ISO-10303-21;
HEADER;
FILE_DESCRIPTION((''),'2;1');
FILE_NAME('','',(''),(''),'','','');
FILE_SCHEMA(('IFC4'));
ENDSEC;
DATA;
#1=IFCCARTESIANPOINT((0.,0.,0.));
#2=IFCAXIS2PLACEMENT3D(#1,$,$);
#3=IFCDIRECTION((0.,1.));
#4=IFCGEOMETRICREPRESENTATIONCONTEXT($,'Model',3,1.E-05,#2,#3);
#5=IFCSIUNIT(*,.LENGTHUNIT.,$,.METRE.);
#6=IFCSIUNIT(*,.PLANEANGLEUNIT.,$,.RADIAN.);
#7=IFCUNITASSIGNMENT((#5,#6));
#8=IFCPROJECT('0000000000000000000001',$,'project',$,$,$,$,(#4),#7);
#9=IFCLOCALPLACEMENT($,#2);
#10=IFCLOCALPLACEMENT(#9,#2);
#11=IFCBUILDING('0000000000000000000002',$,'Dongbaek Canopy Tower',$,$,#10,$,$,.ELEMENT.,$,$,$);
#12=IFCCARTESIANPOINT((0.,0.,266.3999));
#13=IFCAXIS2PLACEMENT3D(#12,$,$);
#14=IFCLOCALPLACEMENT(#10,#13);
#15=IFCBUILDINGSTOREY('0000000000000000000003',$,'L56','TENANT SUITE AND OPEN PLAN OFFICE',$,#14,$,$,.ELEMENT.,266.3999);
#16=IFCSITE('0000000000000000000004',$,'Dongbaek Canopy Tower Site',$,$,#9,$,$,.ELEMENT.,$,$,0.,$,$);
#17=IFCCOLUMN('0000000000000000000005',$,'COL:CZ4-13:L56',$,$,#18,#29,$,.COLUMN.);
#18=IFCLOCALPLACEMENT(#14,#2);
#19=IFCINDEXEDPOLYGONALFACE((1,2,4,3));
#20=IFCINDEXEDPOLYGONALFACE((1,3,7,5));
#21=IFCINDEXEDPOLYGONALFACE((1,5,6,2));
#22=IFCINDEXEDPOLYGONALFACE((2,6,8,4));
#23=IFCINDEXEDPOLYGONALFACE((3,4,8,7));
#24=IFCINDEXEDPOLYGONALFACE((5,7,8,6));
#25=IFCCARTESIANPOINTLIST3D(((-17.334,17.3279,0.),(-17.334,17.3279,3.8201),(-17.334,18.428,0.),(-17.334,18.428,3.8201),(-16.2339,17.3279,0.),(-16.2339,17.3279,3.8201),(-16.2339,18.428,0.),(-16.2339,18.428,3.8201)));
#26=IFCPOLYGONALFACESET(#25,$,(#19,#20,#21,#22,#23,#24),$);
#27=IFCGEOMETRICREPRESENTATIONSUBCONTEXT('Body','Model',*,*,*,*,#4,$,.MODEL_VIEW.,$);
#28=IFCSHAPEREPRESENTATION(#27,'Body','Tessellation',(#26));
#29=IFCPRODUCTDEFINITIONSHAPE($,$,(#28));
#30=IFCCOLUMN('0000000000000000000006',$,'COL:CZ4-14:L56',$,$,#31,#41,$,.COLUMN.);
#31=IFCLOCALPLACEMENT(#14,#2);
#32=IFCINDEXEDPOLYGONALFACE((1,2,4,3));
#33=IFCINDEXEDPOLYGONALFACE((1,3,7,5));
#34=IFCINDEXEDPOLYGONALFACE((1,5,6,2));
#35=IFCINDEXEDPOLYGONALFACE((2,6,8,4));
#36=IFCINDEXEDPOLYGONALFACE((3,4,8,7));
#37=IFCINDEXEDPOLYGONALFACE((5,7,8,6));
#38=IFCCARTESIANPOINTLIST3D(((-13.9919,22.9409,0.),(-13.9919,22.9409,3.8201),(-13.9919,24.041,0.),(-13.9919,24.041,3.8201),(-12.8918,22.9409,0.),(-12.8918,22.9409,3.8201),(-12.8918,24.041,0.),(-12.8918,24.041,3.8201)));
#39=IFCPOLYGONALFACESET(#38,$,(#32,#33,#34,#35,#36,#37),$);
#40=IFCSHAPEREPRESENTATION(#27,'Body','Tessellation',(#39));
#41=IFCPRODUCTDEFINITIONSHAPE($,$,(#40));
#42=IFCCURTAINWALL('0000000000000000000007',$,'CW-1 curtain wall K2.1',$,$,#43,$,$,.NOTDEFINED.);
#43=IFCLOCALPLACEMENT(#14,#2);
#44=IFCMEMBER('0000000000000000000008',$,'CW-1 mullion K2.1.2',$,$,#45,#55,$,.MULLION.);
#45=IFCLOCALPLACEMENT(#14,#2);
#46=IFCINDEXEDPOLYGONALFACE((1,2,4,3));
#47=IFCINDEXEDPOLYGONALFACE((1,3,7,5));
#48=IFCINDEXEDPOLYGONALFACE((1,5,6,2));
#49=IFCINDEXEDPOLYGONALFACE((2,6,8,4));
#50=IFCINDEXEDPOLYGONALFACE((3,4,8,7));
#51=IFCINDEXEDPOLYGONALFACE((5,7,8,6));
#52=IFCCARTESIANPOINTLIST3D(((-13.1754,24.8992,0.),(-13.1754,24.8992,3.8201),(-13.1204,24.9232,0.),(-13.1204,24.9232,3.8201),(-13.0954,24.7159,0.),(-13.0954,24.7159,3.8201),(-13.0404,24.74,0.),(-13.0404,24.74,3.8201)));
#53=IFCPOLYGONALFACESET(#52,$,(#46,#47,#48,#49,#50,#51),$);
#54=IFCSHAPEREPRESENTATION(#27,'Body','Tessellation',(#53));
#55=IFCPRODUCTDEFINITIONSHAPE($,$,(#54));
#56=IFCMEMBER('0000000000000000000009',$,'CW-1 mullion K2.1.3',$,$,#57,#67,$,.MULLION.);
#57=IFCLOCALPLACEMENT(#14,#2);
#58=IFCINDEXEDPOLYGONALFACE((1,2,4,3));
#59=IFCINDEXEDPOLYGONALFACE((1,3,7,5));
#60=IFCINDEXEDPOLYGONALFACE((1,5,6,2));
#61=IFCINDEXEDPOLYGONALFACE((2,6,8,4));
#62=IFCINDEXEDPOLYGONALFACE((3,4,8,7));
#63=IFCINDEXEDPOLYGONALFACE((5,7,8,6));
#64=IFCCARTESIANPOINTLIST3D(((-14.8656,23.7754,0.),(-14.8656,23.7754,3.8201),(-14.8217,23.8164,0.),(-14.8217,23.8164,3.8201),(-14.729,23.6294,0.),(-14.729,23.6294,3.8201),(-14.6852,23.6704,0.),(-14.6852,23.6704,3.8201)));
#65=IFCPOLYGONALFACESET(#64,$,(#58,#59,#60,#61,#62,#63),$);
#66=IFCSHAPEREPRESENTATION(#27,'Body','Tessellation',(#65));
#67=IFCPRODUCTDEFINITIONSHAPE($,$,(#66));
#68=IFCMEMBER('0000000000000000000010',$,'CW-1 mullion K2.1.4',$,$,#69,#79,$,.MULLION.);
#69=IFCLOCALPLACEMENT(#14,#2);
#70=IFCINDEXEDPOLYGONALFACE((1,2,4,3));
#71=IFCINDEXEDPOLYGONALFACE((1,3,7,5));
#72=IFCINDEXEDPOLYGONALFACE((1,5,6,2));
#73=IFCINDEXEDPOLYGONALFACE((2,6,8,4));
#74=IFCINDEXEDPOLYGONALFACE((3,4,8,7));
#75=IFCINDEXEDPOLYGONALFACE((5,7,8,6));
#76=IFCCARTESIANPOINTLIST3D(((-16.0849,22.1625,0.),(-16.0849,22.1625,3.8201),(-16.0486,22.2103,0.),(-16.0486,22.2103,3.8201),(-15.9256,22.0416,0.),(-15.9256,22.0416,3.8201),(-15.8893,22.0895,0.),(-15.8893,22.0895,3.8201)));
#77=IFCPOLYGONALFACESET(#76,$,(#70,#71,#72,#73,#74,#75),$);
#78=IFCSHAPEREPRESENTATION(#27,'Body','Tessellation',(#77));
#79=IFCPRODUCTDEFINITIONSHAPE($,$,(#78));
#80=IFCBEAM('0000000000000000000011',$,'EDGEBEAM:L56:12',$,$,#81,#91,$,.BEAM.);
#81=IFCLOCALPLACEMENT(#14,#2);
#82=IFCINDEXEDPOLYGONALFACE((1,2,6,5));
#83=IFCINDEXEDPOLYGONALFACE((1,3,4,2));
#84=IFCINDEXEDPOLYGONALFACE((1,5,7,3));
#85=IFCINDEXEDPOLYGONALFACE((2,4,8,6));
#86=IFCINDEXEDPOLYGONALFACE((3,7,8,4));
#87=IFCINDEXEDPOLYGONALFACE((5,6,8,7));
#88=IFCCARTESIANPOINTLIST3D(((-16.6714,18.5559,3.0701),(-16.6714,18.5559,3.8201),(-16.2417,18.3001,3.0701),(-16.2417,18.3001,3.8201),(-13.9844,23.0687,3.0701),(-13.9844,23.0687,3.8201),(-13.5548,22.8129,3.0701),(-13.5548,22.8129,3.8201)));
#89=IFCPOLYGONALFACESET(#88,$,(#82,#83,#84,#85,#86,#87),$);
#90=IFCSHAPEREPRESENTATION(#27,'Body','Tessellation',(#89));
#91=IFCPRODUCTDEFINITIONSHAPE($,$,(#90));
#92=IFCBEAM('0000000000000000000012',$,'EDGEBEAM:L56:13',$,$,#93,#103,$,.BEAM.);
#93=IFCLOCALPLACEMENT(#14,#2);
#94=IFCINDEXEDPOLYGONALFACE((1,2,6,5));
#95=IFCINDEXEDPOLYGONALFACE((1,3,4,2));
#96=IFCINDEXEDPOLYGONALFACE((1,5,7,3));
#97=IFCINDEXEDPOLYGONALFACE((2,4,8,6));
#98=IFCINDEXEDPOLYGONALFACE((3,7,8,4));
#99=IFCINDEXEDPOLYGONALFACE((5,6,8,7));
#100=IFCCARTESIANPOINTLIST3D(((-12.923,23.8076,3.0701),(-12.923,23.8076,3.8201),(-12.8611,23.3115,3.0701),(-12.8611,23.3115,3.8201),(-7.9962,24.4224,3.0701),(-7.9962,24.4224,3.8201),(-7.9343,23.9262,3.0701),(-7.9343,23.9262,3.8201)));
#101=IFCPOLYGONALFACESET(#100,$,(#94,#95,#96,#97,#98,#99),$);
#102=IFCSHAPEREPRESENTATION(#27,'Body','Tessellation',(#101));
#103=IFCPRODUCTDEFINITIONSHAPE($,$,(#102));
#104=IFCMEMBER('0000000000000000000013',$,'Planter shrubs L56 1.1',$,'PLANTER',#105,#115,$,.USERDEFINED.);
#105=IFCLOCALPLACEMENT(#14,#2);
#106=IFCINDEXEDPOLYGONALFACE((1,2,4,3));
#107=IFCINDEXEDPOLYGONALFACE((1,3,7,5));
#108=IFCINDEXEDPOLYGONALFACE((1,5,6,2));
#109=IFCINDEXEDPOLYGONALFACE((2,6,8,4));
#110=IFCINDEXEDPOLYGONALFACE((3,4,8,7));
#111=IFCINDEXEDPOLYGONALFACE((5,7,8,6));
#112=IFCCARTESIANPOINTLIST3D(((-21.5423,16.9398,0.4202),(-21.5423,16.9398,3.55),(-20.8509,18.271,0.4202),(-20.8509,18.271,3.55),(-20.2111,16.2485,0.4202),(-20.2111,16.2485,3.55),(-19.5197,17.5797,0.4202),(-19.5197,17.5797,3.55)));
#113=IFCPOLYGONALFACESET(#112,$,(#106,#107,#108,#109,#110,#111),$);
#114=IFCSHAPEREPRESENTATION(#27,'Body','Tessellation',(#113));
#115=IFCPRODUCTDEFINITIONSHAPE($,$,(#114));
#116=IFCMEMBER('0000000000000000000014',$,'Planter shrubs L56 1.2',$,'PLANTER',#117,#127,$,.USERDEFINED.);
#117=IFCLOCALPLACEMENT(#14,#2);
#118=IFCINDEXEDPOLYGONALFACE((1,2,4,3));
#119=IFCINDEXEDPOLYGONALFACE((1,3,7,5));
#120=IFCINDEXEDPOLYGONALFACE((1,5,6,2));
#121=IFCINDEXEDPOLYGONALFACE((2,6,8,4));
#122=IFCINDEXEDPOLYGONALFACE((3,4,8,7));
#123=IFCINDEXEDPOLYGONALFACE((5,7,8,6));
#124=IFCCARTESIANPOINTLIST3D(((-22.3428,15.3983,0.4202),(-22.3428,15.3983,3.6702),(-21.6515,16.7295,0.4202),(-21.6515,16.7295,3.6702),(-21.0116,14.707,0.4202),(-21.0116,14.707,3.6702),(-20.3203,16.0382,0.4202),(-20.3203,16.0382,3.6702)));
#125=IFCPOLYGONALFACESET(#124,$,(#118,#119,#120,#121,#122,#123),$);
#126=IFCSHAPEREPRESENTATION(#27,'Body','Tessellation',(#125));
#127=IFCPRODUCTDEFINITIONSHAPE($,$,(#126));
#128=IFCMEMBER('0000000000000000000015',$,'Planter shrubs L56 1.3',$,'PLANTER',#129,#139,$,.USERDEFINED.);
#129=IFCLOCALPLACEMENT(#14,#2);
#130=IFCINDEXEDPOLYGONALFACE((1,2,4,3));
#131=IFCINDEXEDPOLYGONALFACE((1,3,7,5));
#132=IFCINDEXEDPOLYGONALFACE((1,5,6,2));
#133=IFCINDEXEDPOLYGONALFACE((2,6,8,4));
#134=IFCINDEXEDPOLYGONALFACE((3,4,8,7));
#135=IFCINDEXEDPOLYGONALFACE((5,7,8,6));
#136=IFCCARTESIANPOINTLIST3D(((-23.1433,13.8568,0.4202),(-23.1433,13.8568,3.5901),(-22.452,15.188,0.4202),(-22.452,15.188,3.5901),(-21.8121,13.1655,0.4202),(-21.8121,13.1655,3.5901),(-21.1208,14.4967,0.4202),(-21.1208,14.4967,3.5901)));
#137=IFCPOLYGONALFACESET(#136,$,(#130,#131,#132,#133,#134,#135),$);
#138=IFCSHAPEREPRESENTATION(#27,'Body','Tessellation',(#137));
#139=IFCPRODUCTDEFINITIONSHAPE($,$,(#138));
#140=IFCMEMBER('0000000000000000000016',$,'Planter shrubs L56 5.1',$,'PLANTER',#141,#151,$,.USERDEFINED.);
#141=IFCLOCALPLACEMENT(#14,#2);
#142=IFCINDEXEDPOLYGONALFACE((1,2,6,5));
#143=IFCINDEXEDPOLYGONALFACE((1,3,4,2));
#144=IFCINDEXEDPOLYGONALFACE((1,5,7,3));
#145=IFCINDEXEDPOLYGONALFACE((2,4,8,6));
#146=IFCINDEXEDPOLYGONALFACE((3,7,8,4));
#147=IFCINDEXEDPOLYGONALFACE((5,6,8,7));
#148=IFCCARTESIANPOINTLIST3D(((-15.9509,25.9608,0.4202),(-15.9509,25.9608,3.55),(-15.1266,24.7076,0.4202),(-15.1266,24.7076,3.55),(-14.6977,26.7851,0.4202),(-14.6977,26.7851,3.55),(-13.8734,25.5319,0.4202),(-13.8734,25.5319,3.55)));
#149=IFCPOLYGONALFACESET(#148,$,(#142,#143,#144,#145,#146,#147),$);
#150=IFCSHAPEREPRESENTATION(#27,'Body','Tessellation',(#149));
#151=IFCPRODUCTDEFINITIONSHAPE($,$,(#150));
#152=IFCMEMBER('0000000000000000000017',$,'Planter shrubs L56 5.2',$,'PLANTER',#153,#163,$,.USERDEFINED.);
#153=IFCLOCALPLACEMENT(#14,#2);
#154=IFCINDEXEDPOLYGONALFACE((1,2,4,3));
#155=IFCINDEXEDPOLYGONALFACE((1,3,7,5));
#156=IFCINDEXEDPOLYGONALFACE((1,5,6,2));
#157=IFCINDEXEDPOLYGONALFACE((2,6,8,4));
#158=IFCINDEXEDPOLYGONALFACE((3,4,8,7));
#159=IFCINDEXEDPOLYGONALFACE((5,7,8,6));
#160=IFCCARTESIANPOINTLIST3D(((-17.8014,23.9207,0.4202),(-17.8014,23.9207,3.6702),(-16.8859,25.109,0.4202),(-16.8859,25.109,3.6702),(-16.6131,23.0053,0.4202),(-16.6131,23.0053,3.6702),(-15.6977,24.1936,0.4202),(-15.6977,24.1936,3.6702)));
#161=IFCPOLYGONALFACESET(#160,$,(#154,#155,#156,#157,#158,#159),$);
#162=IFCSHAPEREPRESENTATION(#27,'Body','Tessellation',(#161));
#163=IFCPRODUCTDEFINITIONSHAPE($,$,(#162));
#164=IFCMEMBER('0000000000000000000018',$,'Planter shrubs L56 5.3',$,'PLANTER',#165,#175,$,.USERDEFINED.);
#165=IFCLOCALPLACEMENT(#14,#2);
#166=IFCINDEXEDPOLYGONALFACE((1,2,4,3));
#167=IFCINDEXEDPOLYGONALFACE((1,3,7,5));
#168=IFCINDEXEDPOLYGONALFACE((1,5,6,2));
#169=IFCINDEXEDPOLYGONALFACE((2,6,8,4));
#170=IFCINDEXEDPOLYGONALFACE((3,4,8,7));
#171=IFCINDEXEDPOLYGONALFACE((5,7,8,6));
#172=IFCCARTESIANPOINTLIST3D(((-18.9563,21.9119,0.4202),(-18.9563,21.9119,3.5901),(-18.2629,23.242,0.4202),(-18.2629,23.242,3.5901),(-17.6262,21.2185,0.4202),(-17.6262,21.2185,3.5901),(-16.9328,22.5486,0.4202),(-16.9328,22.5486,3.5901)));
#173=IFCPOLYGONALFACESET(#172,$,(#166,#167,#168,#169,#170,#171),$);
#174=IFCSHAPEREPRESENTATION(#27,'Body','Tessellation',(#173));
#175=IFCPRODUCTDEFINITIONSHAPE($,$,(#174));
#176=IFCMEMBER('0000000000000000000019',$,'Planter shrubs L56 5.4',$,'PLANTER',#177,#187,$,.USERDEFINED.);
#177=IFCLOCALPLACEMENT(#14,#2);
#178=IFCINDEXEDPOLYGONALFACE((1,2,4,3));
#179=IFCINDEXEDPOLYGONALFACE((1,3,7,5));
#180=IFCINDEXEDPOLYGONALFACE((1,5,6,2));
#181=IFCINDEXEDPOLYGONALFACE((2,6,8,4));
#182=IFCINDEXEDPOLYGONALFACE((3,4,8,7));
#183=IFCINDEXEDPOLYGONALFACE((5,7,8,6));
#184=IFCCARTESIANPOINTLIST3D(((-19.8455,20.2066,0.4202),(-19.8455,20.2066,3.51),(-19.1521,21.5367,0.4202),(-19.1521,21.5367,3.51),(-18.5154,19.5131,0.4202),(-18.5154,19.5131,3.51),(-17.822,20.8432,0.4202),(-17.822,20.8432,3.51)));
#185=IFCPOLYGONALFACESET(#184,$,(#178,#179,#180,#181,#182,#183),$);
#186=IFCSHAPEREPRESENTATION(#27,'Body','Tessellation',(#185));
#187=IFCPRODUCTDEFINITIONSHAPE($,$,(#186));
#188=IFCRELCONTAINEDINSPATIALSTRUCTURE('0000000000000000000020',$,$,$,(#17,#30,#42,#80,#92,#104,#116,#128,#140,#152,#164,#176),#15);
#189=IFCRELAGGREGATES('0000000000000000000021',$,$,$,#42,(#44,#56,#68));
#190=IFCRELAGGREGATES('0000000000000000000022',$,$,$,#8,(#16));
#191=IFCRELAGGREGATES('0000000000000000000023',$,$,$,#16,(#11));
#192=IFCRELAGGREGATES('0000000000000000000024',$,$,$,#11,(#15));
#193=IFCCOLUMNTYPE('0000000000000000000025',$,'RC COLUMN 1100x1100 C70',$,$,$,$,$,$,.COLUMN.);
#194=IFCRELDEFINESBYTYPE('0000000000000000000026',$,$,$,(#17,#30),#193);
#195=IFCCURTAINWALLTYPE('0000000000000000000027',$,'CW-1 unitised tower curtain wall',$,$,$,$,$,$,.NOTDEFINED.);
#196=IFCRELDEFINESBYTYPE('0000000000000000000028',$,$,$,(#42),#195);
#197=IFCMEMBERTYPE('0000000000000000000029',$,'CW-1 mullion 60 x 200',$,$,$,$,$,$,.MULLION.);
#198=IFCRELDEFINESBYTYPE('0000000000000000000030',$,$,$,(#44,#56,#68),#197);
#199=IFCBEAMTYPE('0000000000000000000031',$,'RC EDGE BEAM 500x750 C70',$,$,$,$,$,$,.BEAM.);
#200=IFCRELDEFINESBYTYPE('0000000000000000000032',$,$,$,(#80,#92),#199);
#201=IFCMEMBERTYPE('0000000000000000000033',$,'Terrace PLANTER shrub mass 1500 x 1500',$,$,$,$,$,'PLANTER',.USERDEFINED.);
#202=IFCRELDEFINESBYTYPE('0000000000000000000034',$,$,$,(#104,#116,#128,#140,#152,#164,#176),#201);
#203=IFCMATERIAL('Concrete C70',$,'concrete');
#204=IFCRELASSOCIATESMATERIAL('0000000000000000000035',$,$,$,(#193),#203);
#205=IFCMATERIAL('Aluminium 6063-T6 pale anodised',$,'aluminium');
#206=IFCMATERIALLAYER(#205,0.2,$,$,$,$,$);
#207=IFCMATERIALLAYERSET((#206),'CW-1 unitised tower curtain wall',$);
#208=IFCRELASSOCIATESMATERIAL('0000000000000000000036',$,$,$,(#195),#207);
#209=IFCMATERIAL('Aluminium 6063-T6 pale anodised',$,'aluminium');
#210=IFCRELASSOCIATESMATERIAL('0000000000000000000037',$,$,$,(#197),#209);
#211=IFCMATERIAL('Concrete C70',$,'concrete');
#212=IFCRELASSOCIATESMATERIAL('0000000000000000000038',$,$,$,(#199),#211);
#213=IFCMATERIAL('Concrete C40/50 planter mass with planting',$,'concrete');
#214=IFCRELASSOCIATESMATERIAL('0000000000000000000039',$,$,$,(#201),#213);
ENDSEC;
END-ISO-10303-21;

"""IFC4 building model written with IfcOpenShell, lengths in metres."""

from ifc_helpers import new_model, si_unit, direction, frame, origin, origin_2d, place, context, subcontext, project, spatial, rectangle, extrude, material, layer, layer_set, material_profile, profile_set, type_object, element, aggregate, save


model = new_model("IFC4")

# Units and contexts
model_context = context("Model", 3, precision=1e-05, world=origin(), true_north=direction((0.0, 1.0)))
body_context = subcontext(model_context, "Body", "Model", "MODEL_VIEW")
ifc_project = project(units=[si_unit("LENGTHUNIT", "METRE"), si_unit("PLANEANGLEUNIT", "RADIAN")], contexts=[model_context])

# Site, building, storey
site_placement = place(None, origin())
site = spatial("IfcSite", under=ifc_project, at=site_placement, Name="Dongbaek Canopy Tower Site", CompositionType="ELEMENT", RefElevation=0.0)
building_placement = place(site_placement, origin())
building = spatial("IfcBuilding", under=site, at=building_placement, Name="Dongbaek Canopy Tower", CompositionType="ELEMENT")
storey_placement = place(building_placement, frame((0.0, 0.0, 266.3999)))
storey = spatial("IfcBuildingStorey", under=building, at=storey_placement, Name="L56", Description="TENANT SUITE AND OPEN PLAN OFFICE", CompositionType="ELEMENT", Elevation=266.3999)

# Columns
ifc_material_1 = material(Name="Concrete C70", Category="concrete")
ifc_material_profile_1 = material_profile(ifc_material_1, rectangle(XDim=1.1001, YDim=1.1001, at=origin_2d()), Name="RC COLUMN 1100x1100 C70")
ifc_profile_set_1 = profile_set([ifc_material_profile_1], Name="Concrete C70")
column_type = type_object("IfcColumnType", Name="RC COLUMN 1100x1100 C70", PredefinedType="COLUMN", material=ifc_profile_set_1)
for number, where, z_axis, x_axis, name in (
    (1, (-16.7839, 17.8779, 0.0), (0.0, 0.0, 1.0), (1.0, 0.0, 0.0), "COL:CZ4-13:L56"),
    (2, (-13.4419, 23.491, 0.0), (0.0, 0.0, 1.0), (1.0, 0.0, 0.0), "COL:CZ4-14:L56"),
):
    element("IfcColumn", number, at=place(storey_placement, frame(where, z_axis=z_axis, x_axis=x_axis)), inside=storey, type_object=column_type, Name=name, PredefinedType="COLUMN", context=body_context, shape_type="SweptSolid", body=[
        extrude(rectangle(XDim=1.1001, YDim=1.1001, at=origin_2d()), origin(), (0.0, 0.0, 1.0), 3.8201),
    ])

# Curtain wall, members
ifc_material_2 = material(Name="Aluminium 6063-T6 pale anodised", Category="aluminium")
ifc_layer_1 = layer(ifc_material_2, 0.2)
ifc_layer_set_1 = layer_set([ifc_layer_1], Name="CW-1 unitised tower curtain wall")
curtain_wall_type = type_object("IfcCurtainWallType", Name="CW-1 unitised tower curtain wall", PredefinedType="NOTDEFINED", material=ifc_layer_set_1)
curtain_wall_placement = place(storey_placement, origin())
curtain_wall = element("IfcCurtainWall", 3, at=curtain_wall_placement, inside=storey, type_object=curtain_wall_type, Name="CW-1 curtain wall K2.1", PredefinedType="NOTDEFINED")
ifc_material_3 = material(Name="Aluminium 6063-T6 pale anodised", Category="aluminium")
ifc_material_profile_2 = material_profile(ifc_material_3, rectangle(XDim=0.2, YDim=0.0601, at=origin_2d()), Name="CW-1 mullion 60 x 200")
ifc_profile_set_2 = profile_set([ifc_material_profile_2], Name="Aluminium 6063-T6 pale anodised")
member_type_1 = type_object("IfcMemberType", Name="CW-1 mullion 60 x 200", PredefinedType="MULLION", material=ifc_profile_set_2)
member_1_placement = place(storey_placement, frame((-13.1079, 24.8196, 0.0), z_axis=(0.0, 0.0, 1.0), x_axis=(-0.400266, 0.916399, 0.0)))
member_1 = element("IfcMember", 4, at=member_1_placement, type_object=member_type_1, Name="CW-1 mullion K2.1.2", PredefinedType="MULLION", context=body_context, shape_type="SweptSolid", body=[
    extrude(rectangle(XDim=0.2, YDim=0.0601, at=origin_2d()), origin(), (0.0, 0.0, 1.0), 3.8201),
])
member_2_placement = place(storey_placement, frame((-14.7754, 23.7229, 0.0), z_axis=(0.0, 0.0, 1.0), x_axis=(-0.682961, 0.730455, 0.0)))
member_2 = element("IfcMember", 5, at=member_2_placement, type_object=member_type_1, Name="CW-1 mullion K2.1.3", PredefinedType="MULLION", context=body_context, shape_type="SweptSolid", body=[
    extrude(rectangle(XDim=0.2, YDim=0.0601, at=origin_2d()), origin(), (0.0, 0.0, 1.0), 3.8201),
])
member_3_placement = place(storey_placement, frame((-15.9871, 22.126, 0.0), z_axis=(0.0, 0.0, 1.0), x_axis=(-0.796696, 0.60438, 0.0)))
member_3 = element("IfcMember", 6, at=member_3_placement, type_object=member_type_1, Name="CW-1 mullion K2.1.4", PredefinedType="MULLION", context=body_context, shape_type="SweptSolid", body=[
    extrude(rectangle(XDim=0.2, YDim=0.0601, at=origin_2d()), origin(), (0.0, 0.0, 1.0), 3.8201),
])

# Beams
ifc_material_4 = material(Name="Concrete C70", Category="concrete")
ifc_material_profile_3 = material_profile(ifc_material_4, rectangle(XDim=0.5, YDim=0.75, at=origin_2d()), Name="RC EDGE BEAM 500x750 C70")
ifc_profile_set_3 = profile_set([ifc_material_profile_3], Name="Concrete C70")
beam_type = type_object("IfcBeamType", Name="RC EDGE BEAM 500x750 C70", PredefinedType="BEAM", material=ifc_profile_set_3)
beam_1_placement = place(storey_placement, frame((-16.4565, 18.428, 3.4451), z_axis=(0.511588, 0.859231, 0.0), x_axis=(-0.859231, 0.511588, 0.0)))
element("IfcBeam", 7, at=beam_1_placement, inside=storey, type_object=beam_type, Name="EDGEBEAM:L56:12", PredefinedType="BEAM", context=body_context, shape_type="SweptSolid", body=[
    extrude(rectangle(XDim=0.5, YDim=0.75, at=origin_2d()), origin(), (0.0, 0.0, 1.0), 5.2522),
])
beam_2_placement = place(storey_placement, frame((-12.8921, 23.5596, 3.4451), z_axis=(0.992306, 0.123811, 0.0), x_axis=(-0.123811, 0.992306, 0.0)))
element("IfcBeam", 8, at=beam_2_placement, inside=storey, type_object=beam_type, Name="EDGEBEAM:L56:13", PredefinedType="BEAM", context=body_context, shape_type="SweptSolid", body=[
    extrude(rectangle(XDim=0.5, YDim=0.75, at=origin_2d()), origin(), (0.0, 0.0, 1.0), 4.9651),
])

# Members
ifc_material_5 = material(Name="Concrete C40/50 planter mass with planting", Category="concrete")
ifc_material_profile_4 = material_profile(ifc_material_5, rectangle(XDim=1.5, YDim=1.5, at=origin_2d()), Name="Terrace PLANTER shrub mass 1500 x 1500")
ifc_profile_set_4 = profile_set([ifc_material_profile_4], Name="Concrete C40/50 planter mass with planting")
member_type_2 = type_object("IfcMemberType", Name="Terrace PLANTER shrub mass 1500 x 1500", ElementType="PLANTER", PredefinedType="USERDEFINED", material=ifc_profile_set_4)
member_4_placement = place(storey_placement, frame((-20.531, 17.2598, 0.4202), z_axis=(0.0, 0.0, 1.0), x_axis=(-0.887462, 0.46088, 0.0)))
element("IfcMember", 9, at=member_4_placement, inside=storey, type_object=member_type_2, Name="Planter shrubs L56 1.1", ObjectType="PLANTER", PredefinedType="USERDEFINED", context=body_context, shape_type="SweptSolid", body=[
    extrude(rectangle(XDim=1.5, YDim=1.5, at=origin_2d()), origin(), (0.0, 0.0, 1.0), 3.1299),
])
member_5_placement = place(storey_placement, frame((-21.3315, 15.7183, 0.4202), z_axis=(0.0, 0.0, 1.0), x_axis=(-0.887462, 0.46088, 0.0)))
element("IfcMember", 10, at=member_5_placement, inside=storey, type_object=member_type_2, Name="Planter shrubs L56 1.2", ObjectType="PLANTER", PredefinedType="USERDEFINED", context=body_context, shape_type="SweptSolid", body=[
    extrude(rectangle(XDim=1.5, YDim=1.5, at=origin_2d()), origin(), (0.0, 0.0, 1.0), 3.25),
])
member_6_placement = place(storey_placement, frame((-22.1321, 14.1768, 0.4202), z_axis=(0.0, 0.0, 1.0), x_axis=(-0.887462, 0.46088, 0.0)))
element("IfcMember", 11, at=member_6_placement, inside=storey, type_object=member_type_2, Name="Planter shrubs L56 1.3", ObjectType="PLANTER", PredefinedType="USERDEFINED", context=body_context, shape_type="SweptSolid", body=[
    extrude(rectangle(XDim=1.5, YDim=1.5, at=origin_2d()), origin(), (0.0, 0.0, 1.0), 3.1699),
])
member_7_placement = place(storey_placement, frame((-14.9121, 25.7463, 0.4202), z_axis=(0.0, 0.0, 1.0), x_axis=(-0.549535, 0.835471, 0.0)))
element("IfcMember", 12, at=member_7_placement, inside=storey, type_object=member_type_2, Name="Planter shrubs L56 5.1", ObjectType="PLANTER", PredefinedType="USERDEFINED", context=body_context, shape_type="SweptSolid", body=[
    extrude(rectangle(XDim=1.5, YDim=1.5, at=origin_2d()), origin(), (0.0, 0.0, 1.0), 3.1299),
])
member_8_placement = place(storey_placement, frame((-16.7495, 24.0571, 0.4202), z_axis=(0.0, 0.0, 1.0), x_axis=(-0.792187, 0.610278, 0.0)))
element("IfcMember", 13, at=member_8_placement, inside=storey, type_object=member_type_2, Name="Planter shrubs L56 5.2", ObjectType="PLANTER", PredefinedType="USERDEFINED", context=body_context, shape_type="SweptSolid", body=[
    extrude(rectangle(XDim=1.5, YDim=1.5, at=origin_2d()), origin(), (0.0, 0.0, 1.0), 3.25),
])
member_9_placement = place(storey_placement, frame((-17.9446, 22.2302, 0.4202), z_axis=(0.0, 0.0, 1.0), x_axis=(-0.88673, 0.462288, 0.0)))
element("IfcMember", 14, at=member_9_placement, inside=storey, type_object=member_type_2, Name="Planter shrubs L56 5.3", ObjectType="PLANTER", PredefinedType="USERDEFINED", context=body_context, shape_type="SweptSolid", body=[
    extrude(rectangle(XDim=1.5, YDim=1.5, at=origin_2d()), origin(), (0.0, 0.0, 1.0), 3.1699),
])
member_10_placement = place(storey_placement, frame((-18.8337, 20.5249, 0.4202), z_axis=(0.0, 0.0, 1.0), x_axis=(-0.88673, 0.462288, 0.0)))
element("IfcMember", 15, at=member_10_placement, inside=storey, type_object=member_type_2, Name="Planter shrubs L56 5.4", ObjectType="PLANTER", PredefinedType="USERDEFINED", context=body_context, shape_type="SweptSolid", body=[
    extrude(rectangle(XDim=1.5, YDim=1.5, at=origin_2d()), origin(), (0.0, 0.0, 1.0), 3.0898),
])

aggregate(curtain_wall, [member_1, member_2, member_3])

save(model, "model.ifc")
